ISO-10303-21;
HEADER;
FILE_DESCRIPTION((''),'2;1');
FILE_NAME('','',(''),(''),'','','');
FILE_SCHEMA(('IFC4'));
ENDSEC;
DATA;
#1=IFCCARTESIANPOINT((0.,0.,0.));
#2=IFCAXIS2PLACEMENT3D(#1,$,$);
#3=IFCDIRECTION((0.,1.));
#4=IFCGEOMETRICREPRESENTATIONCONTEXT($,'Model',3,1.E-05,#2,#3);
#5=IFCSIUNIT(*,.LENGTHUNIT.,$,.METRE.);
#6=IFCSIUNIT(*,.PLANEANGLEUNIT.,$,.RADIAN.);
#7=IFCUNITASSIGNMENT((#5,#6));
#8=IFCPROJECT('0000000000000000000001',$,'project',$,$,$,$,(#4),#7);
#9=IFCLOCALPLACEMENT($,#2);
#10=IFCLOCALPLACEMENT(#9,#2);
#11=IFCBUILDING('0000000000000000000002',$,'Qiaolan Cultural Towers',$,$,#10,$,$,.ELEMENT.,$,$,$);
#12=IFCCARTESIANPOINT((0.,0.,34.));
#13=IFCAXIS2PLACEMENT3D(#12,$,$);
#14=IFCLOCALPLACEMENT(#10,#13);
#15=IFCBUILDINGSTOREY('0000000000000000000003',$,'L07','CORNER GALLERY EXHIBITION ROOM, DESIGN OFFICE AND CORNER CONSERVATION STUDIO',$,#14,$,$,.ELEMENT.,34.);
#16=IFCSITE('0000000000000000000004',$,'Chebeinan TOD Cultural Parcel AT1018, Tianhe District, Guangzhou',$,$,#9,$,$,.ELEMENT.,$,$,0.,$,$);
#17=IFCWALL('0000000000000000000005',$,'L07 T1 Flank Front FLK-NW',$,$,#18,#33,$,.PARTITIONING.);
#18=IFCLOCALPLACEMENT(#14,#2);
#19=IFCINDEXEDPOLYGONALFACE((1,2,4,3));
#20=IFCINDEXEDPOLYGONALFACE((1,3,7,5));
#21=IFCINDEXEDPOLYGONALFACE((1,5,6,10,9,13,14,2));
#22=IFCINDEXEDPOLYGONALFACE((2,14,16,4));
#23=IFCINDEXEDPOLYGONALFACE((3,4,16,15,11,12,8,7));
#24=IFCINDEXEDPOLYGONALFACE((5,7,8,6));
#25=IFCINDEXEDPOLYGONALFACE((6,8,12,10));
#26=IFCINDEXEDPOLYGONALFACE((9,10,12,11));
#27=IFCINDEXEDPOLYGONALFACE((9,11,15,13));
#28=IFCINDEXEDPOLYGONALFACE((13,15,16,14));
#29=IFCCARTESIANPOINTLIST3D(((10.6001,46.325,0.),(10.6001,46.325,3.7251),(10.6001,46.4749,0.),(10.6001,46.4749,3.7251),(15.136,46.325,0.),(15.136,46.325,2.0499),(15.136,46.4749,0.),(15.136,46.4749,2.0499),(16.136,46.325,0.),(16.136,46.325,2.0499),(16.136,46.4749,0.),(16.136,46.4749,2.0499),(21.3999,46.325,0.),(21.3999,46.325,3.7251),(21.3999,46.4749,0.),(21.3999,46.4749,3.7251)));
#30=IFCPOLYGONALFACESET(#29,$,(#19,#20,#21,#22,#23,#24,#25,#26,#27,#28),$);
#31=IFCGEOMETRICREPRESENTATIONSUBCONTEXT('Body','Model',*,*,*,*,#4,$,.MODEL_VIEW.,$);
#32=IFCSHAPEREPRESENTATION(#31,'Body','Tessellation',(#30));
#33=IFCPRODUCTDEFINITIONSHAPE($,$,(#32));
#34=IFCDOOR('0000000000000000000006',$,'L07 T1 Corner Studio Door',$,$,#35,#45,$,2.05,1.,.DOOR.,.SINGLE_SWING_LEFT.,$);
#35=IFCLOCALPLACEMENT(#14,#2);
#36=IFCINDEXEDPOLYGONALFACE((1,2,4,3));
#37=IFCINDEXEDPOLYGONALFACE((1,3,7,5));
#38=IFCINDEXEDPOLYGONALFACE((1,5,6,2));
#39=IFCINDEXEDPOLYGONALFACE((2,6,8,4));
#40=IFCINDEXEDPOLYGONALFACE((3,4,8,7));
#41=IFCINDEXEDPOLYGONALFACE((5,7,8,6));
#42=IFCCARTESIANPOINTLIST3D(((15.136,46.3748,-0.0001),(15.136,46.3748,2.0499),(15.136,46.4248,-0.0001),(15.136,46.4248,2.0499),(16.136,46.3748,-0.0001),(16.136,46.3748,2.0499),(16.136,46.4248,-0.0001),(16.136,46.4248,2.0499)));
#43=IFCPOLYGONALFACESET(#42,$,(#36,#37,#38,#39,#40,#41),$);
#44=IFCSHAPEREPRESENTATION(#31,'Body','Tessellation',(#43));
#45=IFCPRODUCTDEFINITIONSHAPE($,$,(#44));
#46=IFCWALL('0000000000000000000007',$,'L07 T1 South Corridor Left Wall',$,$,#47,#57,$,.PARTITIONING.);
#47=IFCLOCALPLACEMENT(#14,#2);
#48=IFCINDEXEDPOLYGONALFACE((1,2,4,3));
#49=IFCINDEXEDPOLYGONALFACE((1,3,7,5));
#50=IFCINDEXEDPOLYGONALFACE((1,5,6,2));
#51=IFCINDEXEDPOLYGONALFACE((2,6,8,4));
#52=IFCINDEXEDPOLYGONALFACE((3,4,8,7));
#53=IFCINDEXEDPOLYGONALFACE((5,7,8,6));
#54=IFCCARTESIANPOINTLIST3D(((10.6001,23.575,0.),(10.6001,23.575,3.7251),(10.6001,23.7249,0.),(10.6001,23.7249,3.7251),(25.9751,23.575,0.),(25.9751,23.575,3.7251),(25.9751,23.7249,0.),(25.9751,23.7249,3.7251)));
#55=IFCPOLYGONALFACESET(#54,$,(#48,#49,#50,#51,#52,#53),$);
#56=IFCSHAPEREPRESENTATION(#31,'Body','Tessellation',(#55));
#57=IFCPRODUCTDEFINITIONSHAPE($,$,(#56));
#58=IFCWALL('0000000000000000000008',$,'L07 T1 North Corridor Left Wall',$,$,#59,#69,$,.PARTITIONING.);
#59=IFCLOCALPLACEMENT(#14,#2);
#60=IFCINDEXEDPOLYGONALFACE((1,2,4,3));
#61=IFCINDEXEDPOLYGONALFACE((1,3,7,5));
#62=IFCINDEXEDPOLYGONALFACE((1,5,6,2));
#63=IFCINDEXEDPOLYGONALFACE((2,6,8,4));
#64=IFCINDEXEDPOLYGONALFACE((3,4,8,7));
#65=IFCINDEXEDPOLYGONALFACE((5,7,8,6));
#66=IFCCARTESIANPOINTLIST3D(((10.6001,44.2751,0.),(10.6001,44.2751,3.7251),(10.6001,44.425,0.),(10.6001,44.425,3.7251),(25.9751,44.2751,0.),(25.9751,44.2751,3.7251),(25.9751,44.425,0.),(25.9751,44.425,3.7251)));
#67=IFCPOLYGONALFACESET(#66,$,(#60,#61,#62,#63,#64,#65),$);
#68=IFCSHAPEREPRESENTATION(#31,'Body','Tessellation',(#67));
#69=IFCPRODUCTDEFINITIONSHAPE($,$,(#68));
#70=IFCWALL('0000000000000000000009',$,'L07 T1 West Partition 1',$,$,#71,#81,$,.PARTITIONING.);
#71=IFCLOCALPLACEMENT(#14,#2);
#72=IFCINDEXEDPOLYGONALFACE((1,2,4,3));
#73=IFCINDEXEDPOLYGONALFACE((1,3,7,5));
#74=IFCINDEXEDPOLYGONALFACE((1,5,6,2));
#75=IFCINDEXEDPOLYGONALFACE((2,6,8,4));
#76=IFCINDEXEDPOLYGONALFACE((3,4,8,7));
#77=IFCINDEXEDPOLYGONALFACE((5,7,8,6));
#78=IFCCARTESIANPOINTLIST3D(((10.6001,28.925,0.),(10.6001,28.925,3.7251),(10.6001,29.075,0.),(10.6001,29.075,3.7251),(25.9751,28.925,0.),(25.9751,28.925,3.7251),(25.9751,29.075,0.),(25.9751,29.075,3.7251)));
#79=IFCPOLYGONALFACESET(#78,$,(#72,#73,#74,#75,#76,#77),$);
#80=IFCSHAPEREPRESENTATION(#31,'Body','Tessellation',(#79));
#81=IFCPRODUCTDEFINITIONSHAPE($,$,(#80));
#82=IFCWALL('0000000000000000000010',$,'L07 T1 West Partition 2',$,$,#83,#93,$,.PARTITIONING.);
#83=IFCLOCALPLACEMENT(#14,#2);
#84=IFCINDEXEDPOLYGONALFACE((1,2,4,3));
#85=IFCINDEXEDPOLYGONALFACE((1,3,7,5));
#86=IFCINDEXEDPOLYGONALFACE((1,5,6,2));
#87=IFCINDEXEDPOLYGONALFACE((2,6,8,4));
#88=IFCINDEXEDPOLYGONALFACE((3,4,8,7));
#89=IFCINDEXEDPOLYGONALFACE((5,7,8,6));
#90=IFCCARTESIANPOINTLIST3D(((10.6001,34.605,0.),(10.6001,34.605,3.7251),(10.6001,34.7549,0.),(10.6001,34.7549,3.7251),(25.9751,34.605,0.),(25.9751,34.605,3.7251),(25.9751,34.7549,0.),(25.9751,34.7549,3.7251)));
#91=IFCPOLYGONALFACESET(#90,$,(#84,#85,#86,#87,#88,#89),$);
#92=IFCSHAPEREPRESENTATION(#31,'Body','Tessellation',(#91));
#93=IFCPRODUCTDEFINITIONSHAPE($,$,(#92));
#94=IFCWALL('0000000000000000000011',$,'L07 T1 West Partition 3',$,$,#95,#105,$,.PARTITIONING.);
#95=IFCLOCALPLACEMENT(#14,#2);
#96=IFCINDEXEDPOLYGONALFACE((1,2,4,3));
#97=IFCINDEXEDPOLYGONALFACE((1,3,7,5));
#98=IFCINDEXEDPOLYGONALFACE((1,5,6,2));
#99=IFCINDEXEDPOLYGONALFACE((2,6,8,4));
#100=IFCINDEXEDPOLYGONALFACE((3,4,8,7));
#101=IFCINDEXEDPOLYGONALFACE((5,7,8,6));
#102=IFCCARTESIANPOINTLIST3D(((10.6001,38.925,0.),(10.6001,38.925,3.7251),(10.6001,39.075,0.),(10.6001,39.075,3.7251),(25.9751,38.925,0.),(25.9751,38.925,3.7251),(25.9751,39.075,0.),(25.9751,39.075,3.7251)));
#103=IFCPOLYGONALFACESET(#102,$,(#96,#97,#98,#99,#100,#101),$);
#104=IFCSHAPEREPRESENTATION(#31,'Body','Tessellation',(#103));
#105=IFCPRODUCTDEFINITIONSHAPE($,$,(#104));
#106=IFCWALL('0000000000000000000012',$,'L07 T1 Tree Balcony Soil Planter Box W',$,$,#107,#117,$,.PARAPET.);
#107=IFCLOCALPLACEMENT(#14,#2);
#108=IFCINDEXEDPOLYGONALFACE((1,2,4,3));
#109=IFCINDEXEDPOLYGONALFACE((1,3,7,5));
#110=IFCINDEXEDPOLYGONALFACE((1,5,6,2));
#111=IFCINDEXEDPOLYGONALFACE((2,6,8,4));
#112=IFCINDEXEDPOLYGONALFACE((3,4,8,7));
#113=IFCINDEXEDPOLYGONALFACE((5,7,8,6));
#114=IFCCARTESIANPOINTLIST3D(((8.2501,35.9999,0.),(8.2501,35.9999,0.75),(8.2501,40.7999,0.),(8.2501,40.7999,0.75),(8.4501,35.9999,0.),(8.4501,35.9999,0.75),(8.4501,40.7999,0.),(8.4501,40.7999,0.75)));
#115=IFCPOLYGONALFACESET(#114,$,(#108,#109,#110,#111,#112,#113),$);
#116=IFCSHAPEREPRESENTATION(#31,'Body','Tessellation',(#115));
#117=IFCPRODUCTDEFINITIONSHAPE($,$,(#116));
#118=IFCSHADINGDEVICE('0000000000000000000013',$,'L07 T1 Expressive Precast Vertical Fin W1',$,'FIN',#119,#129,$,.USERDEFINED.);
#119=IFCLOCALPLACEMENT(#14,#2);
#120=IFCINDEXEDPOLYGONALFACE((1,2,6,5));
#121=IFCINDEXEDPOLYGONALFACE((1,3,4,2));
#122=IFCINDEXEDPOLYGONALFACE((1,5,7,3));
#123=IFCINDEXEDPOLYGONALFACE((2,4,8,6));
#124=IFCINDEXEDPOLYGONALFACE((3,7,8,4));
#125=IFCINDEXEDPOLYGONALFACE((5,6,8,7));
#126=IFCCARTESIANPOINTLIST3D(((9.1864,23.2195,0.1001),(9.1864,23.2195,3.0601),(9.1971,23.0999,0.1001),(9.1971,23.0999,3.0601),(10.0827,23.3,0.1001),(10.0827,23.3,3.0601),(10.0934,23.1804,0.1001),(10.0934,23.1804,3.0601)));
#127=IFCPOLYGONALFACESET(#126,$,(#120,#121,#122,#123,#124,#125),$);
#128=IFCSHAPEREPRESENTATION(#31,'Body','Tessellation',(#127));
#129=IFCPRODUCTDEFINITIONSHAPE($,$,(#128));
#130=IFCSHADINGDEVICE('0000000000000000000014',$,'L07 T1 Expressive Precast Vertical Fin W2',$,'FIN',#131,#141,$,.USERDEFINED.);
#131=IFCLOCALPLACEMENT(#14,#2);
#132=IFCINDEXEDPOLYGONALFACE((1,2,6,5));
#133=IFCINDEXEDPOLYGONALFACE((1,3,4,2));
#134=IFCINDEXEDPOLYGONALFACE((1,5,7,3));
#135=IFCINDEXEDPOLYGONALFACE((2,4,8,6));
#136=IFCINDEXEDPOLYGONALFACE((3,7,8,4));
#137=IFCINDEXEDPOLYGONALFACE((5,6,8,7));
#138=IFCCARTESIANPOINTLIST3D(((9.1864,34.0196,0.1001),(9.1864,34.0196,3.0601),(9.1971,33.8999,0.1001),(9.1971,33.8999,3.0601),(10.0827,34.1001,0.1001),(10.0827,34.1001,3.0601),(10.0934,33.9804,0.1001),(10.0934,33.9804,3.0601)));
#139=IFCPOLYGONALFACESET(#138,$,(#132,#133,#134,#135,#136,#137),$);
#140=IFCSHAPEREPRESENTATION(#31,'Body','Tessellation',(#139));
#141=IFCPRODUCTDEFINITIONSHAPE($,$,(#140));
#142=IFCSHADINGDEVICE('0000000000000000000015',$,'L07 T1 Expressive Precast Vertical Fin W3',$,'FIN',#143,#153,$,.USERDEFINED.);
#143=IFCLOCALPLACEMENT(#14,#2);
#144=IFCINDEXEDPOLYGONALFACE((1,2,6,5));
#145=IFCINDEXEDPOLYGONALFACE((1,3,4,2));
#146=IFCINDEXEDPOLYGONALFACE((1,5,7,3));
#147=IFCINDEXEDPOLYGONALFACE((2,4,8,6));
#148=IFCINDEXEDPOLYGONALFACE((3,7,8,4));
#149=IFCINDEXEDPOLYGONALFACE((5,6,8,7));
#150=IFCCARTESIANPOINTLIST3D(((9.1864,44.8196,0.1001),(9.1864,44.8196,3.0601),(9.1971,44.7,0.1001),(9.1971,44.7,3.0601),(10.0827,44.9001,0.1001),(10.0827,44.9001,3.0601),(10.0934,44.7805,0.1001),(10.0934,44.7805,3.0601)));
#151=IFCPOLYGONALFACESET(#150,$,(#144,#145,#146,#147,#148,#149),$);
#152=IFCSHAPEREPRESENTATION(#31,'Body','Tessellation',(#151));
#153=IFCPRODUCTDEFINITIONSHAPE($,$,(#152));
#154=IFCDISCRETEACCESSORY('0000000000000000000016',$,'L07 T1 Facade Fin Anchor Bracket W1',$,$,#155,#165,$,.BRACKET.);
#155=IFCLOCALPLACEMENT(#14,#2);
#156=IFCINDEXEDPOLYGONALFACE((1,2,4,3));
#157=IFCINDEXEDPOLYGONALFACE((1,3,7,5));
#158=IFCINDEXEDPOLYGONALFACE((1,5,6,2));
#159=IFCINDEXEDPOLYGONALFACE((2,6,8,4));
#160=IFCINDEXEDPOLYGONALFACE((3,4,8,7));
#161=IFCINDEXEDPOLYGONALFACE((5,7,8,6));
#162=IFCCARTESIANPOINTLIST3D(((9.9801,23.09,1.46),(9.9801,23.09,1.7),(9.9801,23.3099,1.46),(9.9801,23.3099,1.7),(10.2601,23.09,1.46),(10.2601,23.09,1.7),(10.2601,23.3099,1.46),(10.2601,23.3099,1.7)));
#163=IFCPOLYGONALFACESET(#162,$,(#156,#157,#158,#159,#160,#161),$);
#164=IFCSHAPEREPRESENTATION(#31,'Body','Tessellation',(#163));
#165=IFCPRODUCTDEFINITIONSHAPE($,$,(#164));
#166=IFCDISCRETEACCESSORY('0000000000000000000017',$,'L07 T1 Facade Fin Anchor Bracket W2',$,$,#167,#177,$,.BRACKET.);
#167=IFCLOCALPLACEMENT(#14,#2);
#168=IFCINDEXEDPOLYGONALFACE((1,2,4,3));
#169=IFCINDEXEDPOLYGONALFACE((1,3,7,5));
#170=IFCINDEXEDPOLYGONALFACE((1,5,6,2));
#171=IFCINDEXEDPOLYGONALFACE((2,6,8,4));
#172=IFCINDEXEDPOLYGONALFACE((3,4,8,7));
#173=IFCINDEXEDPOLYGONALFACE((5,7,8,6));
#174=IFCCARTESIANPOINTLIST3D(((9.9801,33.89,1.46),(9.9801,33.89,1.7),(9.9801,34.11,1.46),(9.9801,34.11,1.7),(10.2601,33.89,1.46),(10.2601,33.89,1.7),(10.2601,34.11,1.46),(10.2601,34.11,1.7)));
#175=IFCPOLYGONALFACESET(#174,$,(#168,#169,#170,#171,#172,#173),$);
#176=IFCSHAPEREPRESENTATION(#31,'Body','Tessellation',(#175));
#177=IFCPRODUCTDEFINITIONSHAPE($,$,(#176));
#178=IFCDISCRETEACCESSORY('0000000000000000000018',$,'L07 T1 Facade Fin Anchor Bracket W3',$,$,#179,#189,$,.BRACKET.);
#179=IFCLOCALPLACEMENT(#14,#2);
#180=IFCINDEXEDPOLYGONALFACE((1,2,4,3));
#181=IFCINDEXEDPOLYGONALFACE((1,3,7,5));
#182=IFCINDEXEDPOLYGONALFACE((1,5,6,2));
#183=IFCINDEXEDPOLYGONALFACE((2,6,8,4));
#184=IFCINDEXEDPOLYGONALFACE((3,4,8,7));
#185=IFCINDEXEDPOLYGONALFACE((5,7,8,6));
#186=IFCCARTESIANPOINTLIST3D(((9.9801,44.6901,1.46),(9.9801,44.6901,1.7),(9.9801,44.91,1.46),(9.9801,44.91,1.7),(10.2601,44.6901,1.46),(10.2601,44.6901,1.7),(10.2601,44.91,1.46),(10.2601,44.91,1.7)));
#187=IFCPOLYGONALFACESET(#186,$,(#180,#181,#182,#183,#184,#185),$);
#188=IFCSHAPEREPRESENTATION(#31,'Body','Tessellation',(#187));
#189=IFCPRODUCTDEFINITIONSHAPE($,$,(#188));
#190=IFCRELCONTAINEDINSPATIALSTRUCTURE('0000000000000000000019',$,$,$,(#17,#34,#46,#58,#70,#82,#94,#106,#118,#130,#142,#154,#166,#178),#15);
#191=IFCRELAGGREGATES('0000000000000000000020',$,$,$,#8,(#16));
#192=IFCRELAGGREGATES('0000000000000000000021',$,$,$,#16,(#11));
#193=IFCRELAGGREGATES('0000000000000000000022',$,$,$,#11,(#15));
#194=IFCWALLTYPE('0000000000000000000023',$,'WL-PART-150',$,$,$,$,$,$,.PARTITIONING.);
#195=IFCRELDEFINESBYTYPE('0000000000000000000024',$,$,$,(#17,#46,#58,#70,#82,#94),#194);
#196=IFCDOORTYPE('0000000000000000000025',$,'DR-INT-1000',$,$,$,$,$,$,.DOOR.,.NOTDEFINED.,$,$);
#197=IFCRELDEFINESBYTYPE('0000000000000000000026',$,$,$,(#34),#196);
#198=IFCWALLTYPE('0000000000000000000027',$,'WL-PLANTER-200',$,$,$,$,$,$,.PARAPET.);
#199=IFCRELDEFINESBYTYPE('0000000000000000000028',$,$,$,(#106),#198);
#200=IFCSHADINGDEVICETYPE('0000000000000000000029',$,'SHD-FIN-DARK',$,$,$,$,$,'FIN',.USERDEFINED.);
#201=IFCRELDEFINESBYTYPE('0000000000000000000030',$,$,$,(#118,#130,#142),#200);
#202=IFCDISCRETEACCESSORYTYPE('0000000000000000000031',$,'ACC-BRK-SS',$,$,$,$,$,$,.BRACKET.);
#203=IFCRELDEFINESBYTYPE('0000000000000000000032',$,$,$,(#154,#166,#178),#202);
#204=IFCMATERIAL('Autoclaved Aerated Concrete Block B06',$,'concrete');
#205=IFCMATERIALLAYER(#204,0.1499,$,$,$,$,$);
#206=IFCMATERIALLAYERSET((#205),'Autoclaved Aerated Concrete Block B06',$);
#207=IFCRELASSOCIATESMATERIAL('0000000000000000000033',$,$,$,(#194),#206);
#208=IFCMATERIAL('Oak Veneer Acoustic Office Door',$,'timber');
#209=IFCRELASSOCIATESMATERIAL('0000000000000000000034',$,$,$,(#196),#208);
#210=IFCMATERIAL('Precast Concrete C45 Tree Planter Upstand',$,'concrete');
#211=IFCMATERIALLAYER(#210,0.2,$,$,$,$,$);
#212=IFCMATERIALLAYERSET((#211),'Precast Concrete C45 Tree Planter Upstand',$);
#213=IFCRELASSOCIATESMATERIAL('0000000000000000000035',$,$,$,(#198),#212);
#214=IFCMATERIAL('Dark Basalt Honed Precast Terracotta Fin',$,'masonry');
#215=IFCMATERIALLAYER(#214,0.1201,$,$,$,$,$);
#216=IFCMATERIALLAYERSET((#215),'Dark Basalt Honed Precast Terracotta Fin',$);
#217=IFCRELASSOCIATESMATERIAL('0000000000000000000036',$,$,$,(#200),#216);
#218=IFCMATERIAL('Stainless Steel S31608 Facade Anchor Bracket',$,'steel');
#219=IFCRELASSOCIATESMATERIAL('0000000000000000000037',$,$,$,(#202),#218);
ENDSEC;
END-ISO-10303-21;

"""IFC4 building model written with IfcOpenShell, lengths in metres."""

from ifc_helpers import new_model, si_unit, direction, frame, frame_2d, origin, origin_2d, place, context, subcontext, project, spatial, rectangle, extrude, material, layer, layer_set, type_object, element, fill, save


model = new_model("IFC4")

# Units and contexts
model_context = context("Model", 3, precision=1e-05, world=origin(), true_north=direction((0.0, 1.0)))
body_context = subcontext(model_context, "Body", "Model", "MODEL_VIEW")
ifc_project = project(units=[si_unit("LENGTHUNIT", "METRE"), si_unit("PLANEANGLEUNIT", "RADIAN")], contexts=[model_context])

# Site, building, storey
site_placement = place(None, origin())
site = spatial("IfcSite", under=ifc_project, at=site_placement, Name="Chebeinan TOD Cultural Parcel AT1018, Tianhe District, Guangzhou", CompositionType="ELEMENT", RefElevation=0.0)
building_placement = place(site_placement, origin())
building = spatial("IfcBuilding", under=site, at=building_placement, Name="Qiaolan Cultural Towers", CompositionType="ELEMENT")
storey_placement = place(building_placement, frame((0.0, 0.0, 34.0)))
storey = spatial("IfcBuildingStorey", under=building, at=storey_placement, Name="L07", Description="CORNER GALLERY EXHIBITION ROOM, DESIGN OFFICE AND CORNER CONSERVATION STUDIO", CompositionType="ELEMENT", Elevation=34.0)

# Wall, opening, door
ifc_material_1 = material(Name="Autoclaved Aerated Concrete Block B06", Category="concrete")
ifc_layer_1 = layer(ifc_material_1, 0.1499)
ifc_layer_set_1 = layer_set([ifc_layer_1], Name="Autoclaved Aerated Concrete Block B06")
wall_type_1 = type_object("IfcWallType", Name="WL-PART-150", PredefinedType="PARTITIONING", material=ifc_layer_set_1)
wall_1_placement = place(storey_placement, frame((10.6001, 46.3999, 0.0), z_axis=(0.0, 0.0, 1.0), x_axis=(1.0, 0.0, 0.0)))
wall_1 = element("IfcWall", 1, at=wall_1_placement, inside=storey, type_object=wall_type_1, Name="L07 T1 Flank Front FLK-NW", PredefinedType="PARTITIONING", context=body_context, shape_type="SweptSolid", body=[
    extrude(rectangle(XDim=10.7998, YDim=0.1499, at=frame_2d((5.3999, 0.0))), origin(), (0.0, 0.0, 1.0), 3.7251),
])
opening_placement = place(wall_1_placement, frame((4.5359, 0.0, 0.0)))
opening = element("IfcOpeningElement", 2, at=opening_placement, cuts=wall_1, PredefinedType="OPENING", context=body_context, shape_type="SweptSolid", body=[
    extrude(rectangle(XDim=1.0, YDim=2.05, at=frame_2d((0.5, 1.0249))), frame((0.0, 0.085, 0.0), z_axis=(0.0, -1.0, 0.0), x_axis=(1.0, 0.0, 0.0)), (0.0, 0.0, 1.0), 0.1699),
])
ifc_material_2 = material(Name="Oak Veneer Acoustic Office Door", Category="timber")
door_type = type_object("IfcDoorType", Name="DR-INT-1000", OperationType="NOTDEFINED", PredefinedType="DOOR", material=ifc_material_2)
door_placement = place(opening_placement, origin())
door = element("IfcDoor", 3, at=door_placement, inside=storey, type_object=door_type, Name="L07 T1 Corner Studio Door", OperationType="SINGLE_SWING_LEFT", OverallHeight=2.05, OverallWidth=1.0, PredefinedType="DOOR", context=body_context, shape_type="SweptSolid", body=[
    extrude(rectangle(XDim=1.0, YDim=2.05, at=frame_2d((0.5, 1.0249))), frame((0.0, 0.0249, 0.0), z_axis=(0.0, -1.0, 0.0), x_axis=(1.0, 0.0, 0.0)), (0.0, 0.0, 1.0), 0.05),
])
fill(opening, door)

# Walls
for number, where, z_axis, x_axis, name in (
    (4, (10.6001, 23.6499, 0.0), (0.0, 0.0, 1.0), (1.0, 0.0, 0.0), "L07 T1 South Corridor Left Wall"),
    (5, (10.6001, 44.3501, 0.0), (0.0, 0.0, 1.0), (1.0, 0.0, 0.0), "L07 T1 North Corridor Left Wall"),
    (6, (10.6001, 29.0, 0.0), (0.0, 0.0, 1.0), (1.0, 0.0, 0.0), "L07 T1 West Partition 1"),
    (7, (10.6001, 34.6799, 0.0), (0.0, 0.0, 1.0), (1.0, 0.0, 0.0), "L07 T1 West Partition 2"),
    (8, (10.6001, 39.0, 0.0), (0.0, 0.0, 1.0), (1.0, 0.0, 0.0), "L07 T1 West Partition 3"),
):
    element("IfcWall", number, at=place(storey_placement, frame(where, z_axis=z_axis, x_axis=x_axis)), inside=storey, type_object=wall_type_1, Name=name, PredefinedType="PARTITIONING", context=body_context, shape_type="SweptSolid", body=[
        extrude(rectangle(XDim=15.375, YDim=0.1499, at=frame_2d((7.6875, 0.0))), origin(), (0.0, 0.0, 1.0), 3.7251),
    ])
ifc_material_3 = material(Name="Precast Concrete C45 Tree Planter Upstand", Category="concrete")
ifc_layer_2 = layer(ifc_material_3, 0.2)
ifc_layer_set_2 = layer_set([ifc_layer_2], Name="Precast Concrete C45 Tree Planter Upstand")
wall_type_2 = type_object("IfcWallType", Name="WL-PLANTER-200", PredefinedType="PARAPET", material=ifc_layer_set_2)
wall_2_placement = place(storey_placement, frame((8.3501, 36.0, 0.0), z_axis=(0.0, 0.0, 1.0), x_axis=(0.0, 1.0, 0.0)))
element("IfcWall", 9, at=wall_2_placement, inside=storey, type_object=wall_type_2, Name="L07 T1 Tree Balcony Soil Planter Box W", PredefinedType="PARAPET", context=body_context, shape_type="SweptSolid", body=[
    extrude(rectangle(XDim=4.8, YDim=0.2, at=frame_2d((2.3999, 0.0))), origin(), (0.0, 0.0, 1.0), 0.75),
])

# Shading devices
ifc_material_4 = material(Name="Dark Basalt Honed Precast Terracotta Fin", Category="masonry")
ifc_layer_3 = layer(ifc_material_4, 0.1201)
ifc_layer_set_3 = layer_set([ifc_layer_3], Name="Dark Basalt Honed Precast Terracotta Fin")
shading_device_type = type_object("IfcShadingDeviceType", Name="SHD-FIN-DARK", ElementType="FIN", PredefinedType="USERDEFINED", material=ifc_layer_set_3)
for number, where, z_axis, x_axis, name in (
    (10, (9.6399, 23.2, 0.1001), (0.0, 0.0, 1.0), (0.995994, 0.089421, 0.0), "L07 T1 Expressive Precast Vertical Fin W1"),
    (11, (9.6399, 34.0, 0.1001), (0.0, 0.0, 1.0), (0.995994, 0.089421, 0.0), "L07 T1 Expressive Precast Vertical Fin W2"),
    (12, (9.6399, 44.8, 0.1001), (0.0, 0.0, 1.0), (0.995994, 0.089421, 0.0), "L07 T1 Expressive Precast Vertical Fin W3"),
):
    element("IfcShadingDevice", number, at=place(storey_placement, frame(where, z_axis=z_axis, x_axis=x_axis)), inside=storey, type_object=shading_device_type, Name=name, ObjectType="FIN", PredefinedType="USERDEFINED", context=body_context, shape_type="SweptSolid", body=[
        extrude(rectangle(XDim=0.8999, YDim=0.1201, at=origin_2d()), origin(), (0.0, 0.0, 1.0), 2.96),
    ])

# Discrete accessories
ifc_material_5 = material(Name="Stainless Steel S31608 Facade Anchor Bracket", Category="steel")
discrete_accessory_type = type_object("IfcDiscreteAccessoryType", Name="ACC-BRK-SS", PredefinedType="BRACKET", material=ifc_material_5)
for number, where, z_axis, x_axis, name in (
    (13, (10.1201, 23.2, 1.46), (0.0, 0.0, 1.0), (1.0, 0.0, 0.0), "L07 T1 Facade Fin Anchor Bracket W1"),
    (14, (10.1201, 34.0, 1.46), (0.0, 0.0, 1.0), (1.0, 0.0, 0.0), "L07 T1 Facade Fin Anchor Bracket W2"),
    (15, (10.1201, 44.8, 1.46), (0.0, 0.0, 1.0), (1.0, 0.0, 0.0), "L07 T1 Facade Fin Anchor Bracket W3"),
):
    element("IfcDiscreteAccessory", number, at=place(storey_placement, frame(where, z_axis=z_axis, x_axis=x_axis)), inside=storey, type_object=discrete_accessory_type, Name=name, PredefinedType="BRACKET", context=body_context, shape_type="SweptSolid", body=[
        extrude(rectangle(XDim=0.28, YDim=0.22, at=origin_2d()), origin(), (0.0, 0.0, 1.0), 0.24),
    ])

save(model, "model.ifc")
